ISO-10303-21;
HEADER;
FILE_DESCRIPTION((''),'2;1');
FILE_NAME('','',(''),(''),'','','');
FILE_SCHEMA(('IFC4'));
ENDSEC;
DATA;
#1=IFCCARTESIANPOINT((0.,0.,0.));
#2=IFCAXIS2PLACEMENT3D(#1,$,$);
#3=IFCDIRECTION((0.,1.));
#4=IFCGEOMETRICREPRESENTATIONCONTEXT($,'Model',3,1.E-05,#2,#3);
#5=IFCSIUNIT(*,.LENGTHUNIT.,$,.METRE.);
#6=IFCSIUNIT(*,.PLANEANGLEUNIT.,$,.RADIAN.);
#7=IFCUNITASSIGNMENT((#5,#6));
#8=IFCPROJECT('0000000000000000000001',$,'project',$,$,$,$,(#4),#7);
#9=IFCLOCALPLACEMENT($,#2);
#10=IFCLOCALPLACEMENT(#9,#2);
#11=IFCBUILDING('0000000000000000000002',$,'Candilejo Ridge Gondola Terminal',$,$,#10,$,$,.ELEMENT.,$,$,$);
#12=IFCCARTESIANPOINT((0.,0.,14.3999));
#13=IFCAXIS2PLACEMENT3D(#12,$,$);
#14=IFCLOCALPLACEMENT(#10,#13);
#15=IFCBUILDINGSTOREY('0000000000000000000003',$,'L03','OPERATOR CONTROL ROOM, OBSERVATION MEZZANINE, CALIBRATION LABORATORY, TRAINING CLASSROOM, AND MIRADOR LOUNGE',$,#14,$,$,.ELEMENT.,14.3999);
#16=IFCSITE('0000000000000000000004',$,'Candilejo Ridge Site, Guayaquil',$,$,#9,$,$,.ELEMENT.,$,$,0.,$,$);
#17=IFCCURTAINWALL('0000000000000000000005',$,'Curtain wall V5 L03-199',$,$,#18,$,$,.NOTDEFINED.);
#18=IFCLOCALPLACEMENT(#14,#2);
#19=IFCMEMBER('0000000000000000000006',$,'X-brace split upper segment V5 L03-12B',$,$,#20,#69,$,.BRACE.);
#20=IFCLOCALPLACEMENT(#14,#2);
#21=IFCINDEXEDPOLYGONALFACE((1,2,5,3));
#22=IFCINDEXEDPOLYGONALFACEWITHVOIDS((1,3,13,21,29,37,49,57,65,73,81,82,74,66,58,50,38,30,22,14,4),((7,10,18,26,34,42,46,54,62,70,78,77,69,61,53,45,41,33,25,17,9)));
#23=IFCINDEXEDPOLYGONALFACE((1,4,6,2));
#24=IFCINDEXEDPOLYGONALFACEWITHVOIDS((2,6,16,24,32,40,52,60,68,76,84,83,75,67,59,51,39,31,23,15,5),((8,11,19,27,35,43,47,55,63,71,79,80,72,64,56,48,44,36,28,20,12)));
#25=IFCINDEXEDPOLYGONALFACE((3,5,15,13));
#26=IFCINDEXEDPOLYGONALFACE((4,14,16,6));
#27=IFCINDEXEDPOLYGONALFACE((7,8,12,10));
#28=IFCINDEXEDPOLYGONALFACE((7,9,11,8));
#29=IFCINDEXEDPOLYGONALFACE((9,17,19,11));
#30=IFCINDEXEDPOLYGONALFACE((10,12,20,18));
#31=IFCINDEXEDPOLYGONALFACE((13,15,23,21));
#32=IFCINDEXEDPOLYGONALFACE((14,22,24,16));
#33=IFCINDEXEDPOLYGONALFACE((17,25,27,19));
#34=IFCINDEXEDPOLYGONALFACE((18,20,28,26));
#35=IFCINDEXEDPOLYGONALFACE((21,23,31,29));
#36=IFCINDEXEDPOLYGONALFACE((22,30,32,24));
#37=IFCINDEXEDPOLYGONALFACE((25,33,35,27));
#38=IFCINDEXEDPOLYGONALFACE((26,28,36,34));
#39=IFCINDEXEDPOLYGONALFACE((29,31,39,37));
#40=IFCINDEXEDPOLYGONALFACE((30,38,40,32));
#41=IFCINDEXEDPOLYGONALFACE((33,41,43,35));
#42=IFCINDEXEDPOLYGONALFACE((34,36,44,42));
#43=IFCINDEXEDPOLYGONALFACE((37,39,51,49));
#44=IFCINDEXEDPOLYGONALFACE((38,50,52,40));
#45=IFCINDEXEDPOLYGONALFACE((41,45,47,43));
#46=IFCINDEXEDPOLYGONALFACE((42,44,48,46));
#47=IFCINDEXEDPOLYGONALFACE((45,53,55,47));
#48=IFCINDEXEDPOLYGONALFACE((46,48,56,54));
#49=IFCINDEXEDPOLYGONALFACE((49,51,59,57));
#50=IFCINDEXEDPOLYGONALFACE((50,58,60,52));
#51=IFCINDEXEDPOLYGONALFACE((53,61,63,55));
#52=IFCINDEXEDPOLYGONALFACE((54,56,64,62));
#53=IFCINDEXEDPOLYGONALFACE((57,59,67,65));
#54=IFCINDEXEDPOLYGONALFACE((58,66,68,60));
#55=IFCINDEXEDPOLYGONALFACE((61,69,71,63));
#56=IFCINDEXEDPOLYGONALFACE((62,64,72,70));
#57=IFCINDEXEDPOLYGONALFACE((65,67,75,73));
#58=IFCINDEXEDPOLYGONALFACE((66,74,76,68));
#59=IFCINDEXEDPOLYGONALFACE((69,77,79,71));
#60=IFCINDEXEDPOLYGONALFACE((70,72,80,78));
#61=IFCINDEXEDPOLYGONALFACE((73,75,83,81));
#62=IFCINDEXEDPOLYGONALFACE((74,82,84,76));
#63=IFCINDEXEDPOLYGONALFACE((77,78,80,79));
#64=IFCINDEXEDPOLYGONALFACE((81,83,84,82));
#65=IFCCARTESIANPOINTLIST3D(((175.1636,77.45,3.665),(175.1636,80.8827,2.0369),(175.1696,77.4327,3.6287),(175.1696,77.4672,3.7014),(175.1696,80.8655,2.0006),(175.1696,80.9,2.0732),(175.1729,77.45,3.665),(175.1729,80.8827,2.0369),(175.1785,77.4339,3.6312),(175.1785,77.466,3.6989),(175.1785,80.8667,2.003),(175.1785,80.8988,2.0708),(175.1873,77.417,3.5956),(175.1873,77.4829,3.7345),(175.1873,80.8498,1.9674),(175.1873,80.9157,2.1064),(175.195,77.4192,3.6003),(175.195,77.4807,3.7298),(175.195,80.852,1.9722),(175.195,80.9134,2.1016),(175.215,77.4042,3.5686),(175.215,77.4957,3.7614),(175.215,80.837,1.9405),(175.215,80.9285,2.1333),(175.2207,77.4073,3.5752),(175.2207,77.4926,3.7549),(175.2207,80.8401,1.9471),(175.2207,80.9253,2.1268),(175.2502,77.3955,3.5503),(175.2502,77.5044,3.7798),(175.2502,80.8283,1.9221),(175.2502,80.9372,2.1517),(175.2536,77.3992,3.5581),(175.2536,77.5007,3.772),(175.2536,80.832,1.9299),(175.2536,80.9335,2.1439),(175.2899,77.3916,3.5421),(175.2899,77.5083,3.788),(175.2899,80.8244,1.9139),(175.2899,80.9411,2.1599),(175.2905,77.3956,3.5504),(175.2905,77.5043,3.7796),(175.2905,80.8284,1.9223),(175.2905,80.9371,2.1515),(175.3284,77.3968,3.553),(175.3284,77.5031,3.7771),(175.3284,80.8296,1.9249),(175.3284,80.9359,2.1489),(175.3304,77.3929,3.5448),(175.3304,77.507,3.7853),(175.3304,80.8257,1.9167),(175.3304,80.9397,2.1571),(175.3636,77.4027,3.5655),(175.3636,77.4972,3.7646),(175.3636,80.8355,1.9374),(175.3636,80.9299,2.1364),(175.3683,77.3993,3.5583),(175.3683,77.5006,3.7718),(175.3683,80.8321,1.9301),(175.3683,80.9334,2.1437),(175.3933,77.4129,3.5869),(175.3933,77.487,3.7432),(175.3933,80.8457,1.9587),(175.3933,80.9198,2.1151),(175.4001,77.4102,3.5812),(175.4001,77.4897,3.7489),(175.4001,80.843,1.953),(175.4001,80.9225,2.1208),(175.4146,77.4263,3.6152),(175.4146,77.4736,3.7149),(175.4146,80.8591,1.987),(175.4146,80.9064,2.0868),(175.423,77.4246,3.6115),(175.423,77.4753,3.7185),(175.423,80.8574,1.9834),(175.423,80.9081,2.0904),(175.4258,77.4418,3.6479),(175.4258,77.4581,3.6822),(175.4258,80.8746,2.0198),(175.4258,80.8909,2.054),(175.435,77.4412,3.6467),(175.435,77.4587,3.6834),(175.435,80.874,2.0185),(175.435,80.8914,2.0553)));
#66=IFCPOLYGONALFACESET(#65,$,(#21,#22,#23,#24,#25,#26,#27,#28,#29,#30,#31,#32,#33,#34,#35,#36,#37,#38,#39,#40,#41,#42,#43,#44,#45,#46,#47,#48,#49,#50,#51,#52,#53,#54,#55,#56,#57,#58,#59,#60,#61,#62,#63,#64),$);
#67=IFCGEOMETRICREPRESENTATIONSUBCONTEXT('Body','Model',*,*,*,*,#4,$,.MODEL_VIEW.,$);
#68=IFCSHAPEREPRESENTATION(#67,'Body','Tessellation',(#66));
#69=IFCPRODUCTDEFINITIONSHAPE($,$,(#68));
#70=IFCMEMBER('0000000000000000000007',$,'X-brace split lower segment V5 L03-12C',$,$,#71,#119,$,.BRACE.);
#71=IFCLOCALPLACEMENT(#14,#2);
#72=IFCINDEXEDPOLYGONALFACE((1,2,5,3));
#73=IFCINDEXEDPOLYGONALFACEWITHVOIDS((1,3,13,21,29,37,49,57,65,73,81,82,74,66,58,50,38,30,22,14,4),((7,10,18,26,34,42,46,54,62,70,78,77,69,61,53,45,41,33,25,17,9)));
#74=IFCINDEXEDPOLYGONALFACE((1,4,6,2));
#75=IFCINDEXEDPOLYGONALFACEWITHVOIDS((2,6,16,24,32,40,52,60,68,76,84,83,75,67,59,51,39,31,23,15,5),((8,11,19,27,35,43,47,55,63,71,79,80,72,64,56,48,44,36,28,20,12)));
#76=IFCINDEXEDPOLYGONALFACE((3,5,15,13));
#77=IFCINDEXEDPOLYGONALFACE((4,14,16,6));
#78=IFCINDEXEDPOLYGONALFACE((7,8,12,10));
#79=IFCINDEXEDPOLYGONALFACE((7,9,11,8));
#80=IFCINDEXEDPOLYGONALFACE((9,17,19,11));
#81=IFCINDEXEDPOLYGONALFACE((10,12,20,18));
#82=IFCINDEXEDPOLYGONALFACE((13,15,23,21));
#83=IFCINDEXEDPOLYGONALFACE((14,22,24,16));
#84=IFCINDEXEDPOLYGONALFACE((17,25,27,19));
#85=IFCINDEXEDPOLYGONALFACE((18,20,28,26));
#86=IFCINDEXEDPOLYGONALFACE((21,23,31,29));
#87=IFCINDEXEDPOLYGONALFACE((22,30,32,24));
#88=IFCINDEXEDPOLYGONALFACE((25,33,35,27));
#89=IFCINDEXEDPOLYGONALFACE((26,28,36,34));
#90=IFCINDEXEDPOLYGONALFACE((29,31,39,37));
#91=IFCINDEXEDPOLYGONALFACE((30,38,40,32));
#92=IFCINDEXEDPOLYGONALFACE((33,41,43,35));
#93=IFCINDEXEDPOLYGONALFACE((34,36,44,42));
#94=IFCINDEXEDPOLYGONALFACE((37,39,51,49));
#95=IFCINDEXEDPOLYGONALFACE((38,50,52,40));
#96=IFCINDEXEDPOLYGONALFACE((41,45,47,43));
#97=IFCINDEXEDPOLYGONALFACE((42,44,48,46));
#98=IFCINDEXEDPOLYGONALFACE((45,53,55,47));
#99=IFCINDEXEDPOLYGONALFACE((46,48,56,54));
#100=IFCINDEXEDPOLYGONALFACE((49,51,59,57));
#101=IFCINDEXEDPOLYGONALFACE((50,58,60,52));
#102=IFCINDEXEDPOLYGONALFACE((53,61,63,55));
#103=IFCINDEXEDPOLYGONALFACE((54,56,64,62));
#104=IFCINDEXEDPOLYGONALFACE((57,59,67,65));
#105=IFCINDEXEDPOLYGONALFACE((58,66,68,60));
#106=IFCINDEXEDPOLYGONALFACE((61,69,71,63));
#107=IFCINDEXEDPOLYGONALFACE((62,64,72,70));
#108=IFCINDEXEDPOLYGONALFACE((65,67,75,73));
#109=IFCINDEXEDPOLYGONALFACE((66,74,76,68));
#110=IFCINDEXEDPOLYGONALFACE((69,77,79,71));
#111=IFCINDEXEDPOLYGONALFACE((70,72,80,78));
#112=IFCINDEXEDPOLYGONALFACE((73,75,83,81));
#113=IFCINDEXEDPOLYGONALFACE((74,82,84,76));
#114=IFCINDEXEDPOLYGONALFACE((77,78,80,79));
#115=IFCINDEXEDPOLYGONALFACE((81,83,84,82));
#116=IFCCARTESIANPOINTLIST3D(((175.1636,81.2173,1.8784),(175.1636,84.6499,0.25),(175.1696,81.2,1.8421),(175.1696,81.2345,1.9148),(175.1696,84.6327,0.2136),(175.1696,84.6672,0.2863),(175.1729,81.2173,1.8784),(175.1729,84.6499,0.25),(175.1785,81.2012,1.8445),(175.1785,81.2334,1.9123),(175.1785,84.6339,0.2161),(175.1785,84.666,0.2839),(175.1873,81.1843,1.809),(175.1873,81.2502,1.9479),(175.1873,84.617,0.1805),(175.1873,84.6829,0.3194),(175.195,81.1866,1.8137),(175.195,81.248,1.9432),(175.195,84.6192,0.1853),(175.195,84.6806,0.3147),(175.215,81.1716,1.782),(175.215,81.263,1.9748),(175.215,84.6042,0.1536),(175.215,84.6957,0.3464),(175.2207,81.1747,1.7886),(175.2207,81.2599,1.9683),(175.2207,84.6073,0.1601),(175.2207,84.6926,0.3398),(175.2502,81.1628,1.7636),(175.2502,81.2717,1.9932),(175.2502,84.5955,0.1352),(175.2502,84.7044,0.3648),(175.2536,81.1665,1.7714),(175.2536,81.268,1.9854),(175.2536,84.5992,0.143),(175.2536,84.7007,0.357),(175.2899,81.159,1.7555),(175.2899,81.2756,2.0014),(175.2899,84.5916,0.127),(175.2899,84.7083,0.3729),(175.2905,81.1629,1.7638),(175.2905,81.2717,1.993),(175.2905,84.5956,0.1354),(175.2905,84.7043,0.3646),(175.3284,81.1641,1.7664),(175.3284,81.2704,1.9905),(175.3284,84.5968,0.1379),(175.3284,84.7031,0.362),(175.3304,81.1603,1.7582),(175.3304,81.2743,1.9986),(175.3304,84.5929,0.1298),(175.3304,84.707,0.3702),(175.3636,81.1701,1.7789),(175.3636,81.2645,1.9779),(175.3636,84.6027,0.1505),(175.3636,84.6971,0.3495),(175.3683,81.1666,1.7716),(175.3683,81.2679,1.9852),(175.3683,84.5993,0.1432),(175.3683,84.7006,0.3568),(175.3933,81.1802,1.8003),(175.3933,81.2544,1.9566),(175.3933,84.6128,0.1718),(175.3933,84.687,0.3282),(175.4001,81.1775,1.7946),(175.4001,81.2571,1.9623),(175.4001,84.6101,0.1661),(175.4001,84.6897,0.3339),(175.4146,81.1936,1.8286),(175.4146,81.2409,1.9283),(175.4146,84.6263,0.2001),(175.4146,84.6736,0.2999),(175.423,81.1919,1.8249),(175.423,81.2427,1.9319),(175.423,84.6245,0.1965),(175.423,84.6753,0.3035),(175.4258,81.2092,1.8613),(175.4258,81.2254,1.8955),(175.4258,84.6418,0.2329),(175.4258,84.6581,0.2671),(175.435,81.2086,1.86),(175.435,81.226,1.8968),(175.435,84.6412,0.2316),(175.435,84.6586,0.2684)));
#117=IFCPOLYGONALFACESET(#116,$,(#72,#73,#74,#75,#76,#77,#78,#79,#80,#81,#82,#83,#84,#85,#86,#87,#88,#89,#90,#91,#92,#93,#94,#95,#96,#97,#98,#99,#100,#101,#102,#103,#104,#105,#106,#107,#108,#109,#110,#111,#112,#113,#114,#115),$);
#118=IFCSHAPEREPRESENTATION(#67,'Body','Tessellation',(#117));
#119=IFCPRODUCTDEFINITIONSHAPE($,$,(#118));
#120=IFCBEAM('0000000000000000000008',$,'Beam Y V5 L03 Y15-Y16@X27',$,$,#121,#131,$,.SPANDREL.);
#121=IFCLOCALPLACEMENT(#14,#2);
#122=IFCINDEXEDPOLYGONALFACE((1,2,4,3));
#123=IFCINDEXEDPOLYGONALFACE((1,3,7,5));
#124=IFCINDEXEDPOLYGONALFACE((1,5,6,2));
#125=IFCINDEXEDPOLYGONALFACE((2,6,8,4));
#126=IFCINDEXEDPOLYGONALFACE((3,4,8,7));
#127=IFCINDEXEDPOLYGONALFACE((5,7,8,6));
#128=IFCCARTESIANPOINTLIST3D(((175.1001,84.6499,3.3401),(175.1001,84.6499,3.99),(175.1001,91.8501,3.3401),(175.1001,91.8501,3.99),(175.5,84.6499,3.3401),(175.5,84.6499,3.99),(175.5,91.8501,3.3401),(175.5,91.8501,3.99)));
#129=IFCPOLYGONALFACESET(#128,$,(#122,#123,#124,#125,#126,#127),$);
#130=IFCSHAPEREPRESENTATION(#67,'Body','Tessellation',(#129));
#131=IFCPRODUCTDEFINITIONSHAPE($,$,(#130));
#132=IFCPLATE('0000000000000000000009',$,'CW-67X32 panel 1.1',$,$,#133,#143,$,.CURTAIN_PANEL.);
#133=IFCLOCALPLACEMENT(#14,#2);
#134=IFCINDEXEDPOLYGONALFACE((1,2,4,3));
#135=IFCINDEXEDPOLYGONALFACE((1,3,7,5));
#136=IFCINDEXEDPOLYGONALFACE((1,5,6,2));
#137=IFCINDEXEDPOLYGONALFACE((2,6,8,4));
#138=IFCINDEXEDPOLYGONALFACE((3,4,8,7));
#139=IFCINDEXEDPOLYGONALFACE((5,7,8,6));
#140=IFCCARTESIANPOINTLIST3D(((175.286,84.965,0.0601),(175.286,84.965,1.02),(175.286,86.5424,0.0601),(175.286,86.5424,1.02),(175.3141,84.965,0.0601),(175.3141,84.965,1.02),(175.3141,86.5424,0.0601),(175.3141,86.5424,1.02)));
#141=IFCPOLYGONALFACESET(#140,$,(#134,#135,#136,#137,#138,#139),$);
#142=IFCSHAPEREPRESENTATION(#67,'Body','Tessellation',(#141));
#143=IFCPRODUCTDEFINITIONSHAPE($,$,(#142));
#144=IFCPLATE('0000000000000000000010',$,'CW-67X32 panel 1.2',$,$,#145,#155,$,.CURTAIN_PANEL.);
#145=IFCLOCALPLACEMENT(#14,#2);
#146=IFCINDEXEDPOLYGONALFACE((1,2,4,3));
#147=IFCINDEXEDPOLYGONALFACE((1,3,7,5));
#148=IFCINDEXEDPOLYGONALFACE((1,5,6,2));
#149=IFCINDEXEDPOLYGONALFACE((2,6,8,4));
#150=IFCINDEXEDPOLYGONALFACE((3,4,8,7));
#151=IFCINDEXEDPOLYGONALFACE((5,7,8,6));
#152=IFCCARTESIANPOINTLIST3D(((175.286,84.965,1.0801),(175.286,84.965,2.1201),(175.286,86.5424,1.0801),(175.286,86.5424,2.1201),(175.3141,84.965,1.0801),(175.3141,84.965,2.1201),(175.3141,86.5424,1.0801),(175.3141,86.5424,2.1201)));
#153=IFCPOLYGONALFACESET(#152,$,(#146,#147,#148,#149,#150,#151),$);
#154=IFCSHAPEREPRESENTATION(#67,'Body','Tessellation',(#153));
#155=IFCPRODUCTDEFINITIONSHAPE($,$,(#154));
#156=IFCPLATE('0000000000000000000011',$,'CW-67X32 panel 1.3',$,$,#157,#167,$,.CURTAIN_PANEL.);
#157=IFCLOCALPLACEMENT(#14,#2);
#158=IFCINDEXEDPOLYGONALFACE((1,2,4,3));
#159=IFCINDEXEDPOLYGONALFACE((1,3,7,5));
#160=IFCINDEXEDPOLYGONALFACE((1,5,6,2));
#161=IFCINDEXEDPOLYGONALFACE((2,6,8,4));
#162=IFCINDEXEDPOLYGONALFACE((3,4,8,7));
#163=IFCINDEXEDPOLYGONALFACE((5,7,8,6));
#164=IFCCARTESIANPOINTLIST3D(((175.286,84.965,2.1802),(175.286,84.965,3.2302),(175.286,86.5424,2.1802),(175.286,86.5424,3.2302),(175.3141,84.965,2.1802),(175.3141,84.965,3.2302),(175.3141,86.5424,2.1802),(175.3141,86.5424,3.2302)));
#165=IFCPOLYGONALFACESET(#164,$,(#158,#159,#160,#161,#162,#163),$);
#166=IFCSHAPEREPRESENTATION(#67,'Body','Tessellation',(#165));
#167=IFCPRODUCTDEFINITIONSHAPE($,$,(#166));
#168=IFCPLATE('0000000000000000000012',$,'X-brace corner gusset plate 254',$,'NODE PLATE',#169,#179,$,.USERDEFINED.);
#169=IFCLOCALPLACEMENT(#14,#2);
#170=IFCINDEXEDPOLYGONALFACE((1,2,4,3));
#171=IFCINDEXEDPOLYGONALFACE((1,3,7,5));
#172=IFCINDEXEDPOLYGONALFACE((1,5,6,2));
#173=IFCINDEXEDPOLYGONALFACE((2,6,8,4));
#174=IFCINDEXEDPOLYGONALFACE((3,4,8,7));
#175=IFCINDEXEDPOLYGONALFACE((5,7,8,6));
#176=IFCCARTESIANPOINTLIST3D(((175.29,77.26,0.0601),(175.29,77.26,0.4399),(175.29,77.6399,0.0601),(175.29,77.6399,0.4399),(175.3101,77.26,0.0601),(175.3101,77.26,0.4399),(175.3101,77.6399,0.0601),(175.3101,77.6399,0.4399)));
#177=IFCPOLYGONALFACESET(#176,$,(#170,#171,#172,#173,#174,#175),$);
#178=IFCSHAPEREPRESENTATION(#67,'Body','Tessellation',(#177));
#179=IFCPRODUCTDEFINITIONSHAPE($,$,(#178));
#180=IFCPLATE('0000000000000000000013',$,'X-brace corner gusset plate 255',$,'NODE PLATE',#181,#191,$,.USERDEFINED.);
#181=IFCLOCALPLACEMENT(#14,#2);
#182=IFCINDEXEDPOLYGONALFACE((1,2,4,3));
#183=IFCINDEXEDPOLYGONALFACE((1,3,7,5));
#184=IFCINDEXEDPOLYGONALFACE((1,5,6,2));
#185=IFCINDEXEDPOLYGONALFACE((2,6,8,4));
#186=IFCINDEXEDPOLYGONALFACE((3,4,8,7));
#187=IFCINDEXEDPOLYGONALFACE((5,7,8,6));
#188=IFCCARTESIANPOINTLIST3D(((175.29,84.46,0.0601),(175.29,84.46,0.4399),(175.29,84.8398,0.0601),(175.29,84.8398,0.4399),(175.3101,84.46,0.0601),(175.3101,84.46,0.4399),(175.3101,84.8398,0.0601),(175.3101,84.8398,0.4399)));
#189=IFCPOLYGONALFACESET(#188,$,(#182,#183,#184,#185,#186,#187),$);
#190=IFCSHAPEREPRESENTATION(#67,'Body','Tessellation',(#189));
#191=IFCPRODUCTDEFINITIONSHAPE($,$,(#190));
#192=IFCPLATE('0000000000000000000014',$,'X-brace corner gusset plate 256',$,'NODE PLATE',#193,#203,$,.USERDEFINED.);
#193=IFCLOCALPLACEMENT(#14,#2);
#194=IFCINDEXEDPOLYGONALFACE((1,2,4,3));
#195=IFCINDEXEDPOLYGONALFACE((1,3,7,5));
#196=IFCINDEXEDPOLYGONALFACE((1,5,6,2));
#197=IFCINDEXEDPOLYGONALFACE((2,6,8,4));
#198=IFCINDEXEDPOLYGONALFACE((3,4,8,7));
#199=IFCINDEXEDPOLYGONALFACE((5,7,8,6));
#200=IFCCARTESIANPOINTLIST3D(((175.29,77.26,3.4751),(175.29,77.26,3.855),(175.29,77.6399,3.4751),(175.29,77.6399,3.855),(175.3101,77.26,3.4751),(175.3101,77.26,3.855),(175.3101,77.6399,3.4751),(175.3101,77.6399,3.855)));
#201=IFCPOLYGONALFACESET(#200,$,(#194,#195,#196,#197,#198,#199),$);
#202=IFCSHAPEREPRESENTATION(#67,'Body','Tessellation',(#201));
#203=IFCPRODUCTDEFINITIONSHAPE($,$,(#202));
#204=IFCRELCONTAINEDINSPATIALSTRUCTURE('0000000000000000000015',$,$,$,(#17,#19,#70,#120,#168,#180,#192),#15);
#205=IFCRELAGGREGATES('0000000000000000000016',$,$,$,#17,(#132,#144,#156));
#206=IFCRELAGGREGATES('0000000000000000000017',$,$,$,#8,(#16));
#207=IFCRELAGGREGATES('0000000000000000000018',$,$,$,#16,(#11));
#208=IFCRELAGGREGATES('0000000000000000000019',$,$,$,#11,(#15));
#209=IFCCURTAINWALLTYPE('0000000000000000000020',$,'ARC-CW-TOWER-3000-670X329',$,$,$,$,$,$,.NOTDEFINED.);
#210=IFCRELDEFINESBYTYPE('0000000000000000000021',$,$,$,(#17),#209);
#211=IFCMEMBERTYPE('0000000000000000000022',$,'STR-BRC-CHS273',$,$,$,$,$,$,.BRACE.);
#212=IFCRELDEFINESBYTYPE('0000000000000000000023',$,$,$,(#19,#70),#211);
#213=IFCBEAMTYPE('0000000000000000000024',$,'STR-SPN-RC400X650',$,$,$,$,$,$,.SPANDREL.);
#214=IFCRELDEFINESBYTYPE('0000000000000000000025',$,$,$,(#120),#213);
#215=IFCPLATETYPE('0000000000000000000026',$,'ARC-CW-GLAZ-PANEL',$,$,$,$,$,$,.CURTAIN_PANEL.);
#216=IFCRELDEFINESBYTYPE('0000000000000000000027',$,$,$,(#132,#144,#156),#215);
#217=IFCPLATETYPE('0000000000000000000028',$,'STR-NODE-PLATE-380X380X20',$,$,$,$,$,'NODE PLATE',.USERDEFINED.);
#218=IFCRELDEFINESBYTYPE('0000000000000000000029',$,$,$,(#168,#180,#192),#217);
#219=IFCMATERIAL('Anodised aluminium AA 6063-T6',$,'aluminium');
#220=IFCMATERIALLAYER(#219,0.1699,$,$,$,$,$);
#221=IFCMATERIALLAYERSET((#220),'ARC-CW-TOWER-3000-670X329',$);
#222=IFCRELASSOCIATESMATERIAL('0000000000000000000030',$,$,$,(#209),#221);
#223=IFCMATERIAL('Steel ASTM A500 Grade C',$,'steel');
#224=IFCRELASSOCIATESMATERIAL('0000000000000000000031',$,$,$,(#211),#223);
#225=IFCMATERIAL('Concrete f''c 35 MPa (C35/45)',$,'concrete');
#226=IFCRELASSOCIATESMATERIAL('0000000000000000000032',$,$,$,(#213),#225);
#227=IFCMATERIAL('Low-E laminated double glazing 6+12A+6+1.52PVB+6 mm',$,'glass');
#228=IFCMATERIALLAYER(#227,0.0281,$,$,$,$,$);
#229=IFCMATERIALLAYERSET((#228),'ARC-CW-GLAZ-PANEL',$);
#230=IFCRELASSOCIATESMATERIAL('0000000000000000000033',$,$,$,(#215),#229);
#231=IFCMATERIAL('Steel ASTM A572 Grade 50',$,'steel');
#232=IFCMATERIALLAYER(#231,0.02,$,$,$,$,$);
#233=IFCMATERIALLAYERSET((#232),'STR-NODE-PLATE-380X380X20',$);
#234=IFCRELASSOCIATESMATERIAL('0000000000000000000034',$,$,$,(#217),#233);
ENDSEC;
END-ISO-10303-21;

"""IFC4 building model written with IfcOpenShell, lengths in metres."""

from ifc_helpers import new_model, si_unit, direction, frame, origin, origin_2d, place, context, subcontext, project, spatial, rectangle, hollow_circle, extrude, material, layer, layer_set, material_profile, profile_set, type_object, element, aggregate, save


model = new_model("IFC4")

# Units and contexts
model_context = context("Model", 3, precision=1e-05, world=origin(), true_north=direction((0.0, 1.0)))
body_context = subcontext(model_context, "Body", "Model", "MODEL_VIEW")
ifc_project = project(units=[si_unit("LENGTHUNIT", "METRE"), si_unit("PLANEANGLEUNIT", "RADIAN")], contexts=[model_context])

# Site, building, storey
site_placement = place(None, origin())
site = spatial("IfcSite", under=ifc_project, at=site_placement, Name="Candilejo Ridge Site, Guayaquil", CompositionType="ELEMENT", RefElevation=0.0)
building_placement = place(site_placement, origin())
building = spatial("IfcBuilding", under=site, at=building_placement, Name="Candilejo Ridge Gondola Terminal", CompositionType="ELEMENT")
storey_placement = place(building_placement, frame((0.0, 0.0, 14.3999)))
storey = spatial("IfcBuildingStorey", under=building, at=storey_placement, Name="L03", Description="OPERATOR CONTROL ROOM, OBSERVATION MEZZANINE, CALIBRATION LABORATORY, TRAINING CLASSROOM, AND MIRADOR LOUNGE", CompositionType="ELEMENT", Elevation=14.3999)

# Curtain wall
ifc_material_1 = material(Name="Anodised aluminium AA 6063-T6", Category="aluminium")
ifc_layer_1 = layer(ifc_material_1, 0.1699)
ifc_layer_set_1 = layer_set([ifc_layer_1], Name="ARC-CW-TOWER-3000-670X329")
curtain_wall_type = type_object("IfcCurtainWallType", Name="ARC-CW-TOWER-3000-670X329", PredefinedType="NOTDEFINED", material=ifc_layer_set_1)
curtain_wall_placement = place(storey_placement, origin())
curtain_wall = element("IfcCurtainWall", 1, at=curtain_wall_placement, inside=storey, type_object=curtain_wall_type, Name="Curtain wall V5 L03-199", PredefinedType="NOTDEFINED")

# Members
ifc_material_2 = material(Name="Steel ASTM A500 Grade C", Category="steel")
ifc_material_profile_1 = material_profile(ifc_material_2, hollow_circle(Radius=0.1365, WallThickness=0.0093, at=origin_2d()))
ifc_profile_set_1 = profile_set([ifc_material_profile_1], Name="Steel ASTM A500 Grade C")
member_type_1 = type_object("IfcMemberType", Name="STR-BRC-CHS273", PredefinedType="BRACE", material=ifc_profile_set_1)
for number, where, z_axis, x_axis, name in (
    (2, (175.3, 77.45, 3.665), (0.0, 0.903526, -0.428534), (-1.0, 0.0, 0.0), "X-brace split upper segment V5 L03-12B"),
    (3, (175.3, 81.2173, 1.8784), (0.0, 0.903489, -0.428611), (-1.0, 0.0, 0.0), "X-brace split lower segment V5 L03-12C"),
):
    element("IfcMember", number, at=place(storey_placement, frame(where, z_axis=z_axis, x_axis=x_axis)), inside=storey, type_object=member_type_1, Name=name, PredefinedType="BRACE", context=body_context, shape_type="SweptSolid", body=[
        extrude(hollow_circle(Radius=0.1365, WallThickness=0.0093, at=origin_2d()), origin(), (0.0, 0.0, 1.0), 3.7993),
    ])

# Beam
ifc_material_3 = material(Name="Concrete f'c 35 MPa (C35/45)", Category="concrete")
ifc_material_profile_2 = material_profile(ifc_material_3, rectangle(XDim=0.3999, YDim=0.6499, at=origin_2d()))
ifc_profile_set_2 = profile_set([ifc_material_profile_2], Name="Concrete f'c 35 MPa (C35/45)")
beam_type_1 = type_object("IfcBeamType", Name="STR-SPN-RC400X650", PredefinedType="SPANDREL", material=ifc_profile_set_2)
beam_1_placement = place(storey_placement, frame((175.3, 84.6499, 3.665), z_axis=(0.0, 1.0, 0.0), x_axis=(-1.0, 0.0, 0.0)))
element("IfcBeam", 4, at=beam_1_placement, inside=storey, type_object=beam_type_1, Name="Beam Y V5 L03 Y15-Y16@X27", PredefinedType="SPANDREL", context=body_context, shape_type="SweptSolid", body=[
    extrude(rectangle(XDim=0.3999, YDim=0.6499, at=origin_2d()), origin(), (0.0, 0.0, 1.0), 7.2002),
])

# Plates
ifc_material_4 = material(Name="Low-E laminated double glazing 6+12A+6+1.52PVB+6 mm", Category="glass")
ifc_layer_2 = layer(ifc_material_4, 0.0281)
ifc_layer_set_2 = layer_set([ifc_layer_2], Name="ARC-CW-GLAZ-PANEL")
plate_type_1 = type_object("IfcPlateType", Name="ARC-CW-GLAZ-PANEL", PredefinedType="CURTAIN_PANEL", material=ifc_layer_set_2)
plate_1_placement = place(storey_placement, frame((175.3, 85.7537, 0.0601), z_axis=(0.0, 0.0, 1.0), x_axis=(0.0, 1.0, 0.0)))
plate_1 = element("IfcPlate", 5, at=plate_1_placement, type_object=plate_type_1, Name="CW-67X32 panel 1.1", PredefinedType="CURTAIN_PANEL", context=body_context, shape_type="SweptSolid", body=[
    extrude(rectangle(XDim=1.5774, YDim=0.0281, at=origin_2d()), origin(), (0.0, 0.0, 1.0), 0.96),
])
plate_2_placement = place(storey_placement, frame((175.3, 85.7537, 1.0801), z_axis=(0.0, 0.0, 1.0), x_axis=(0.0, 1.0, 0.0)))
plate_2 = element("IfcPlate", 6, at=plate_2_placement, type_object=plate_type_1, Name="CW-67X32 panel 1.2", PredefinedType="CURTAIN_PANEL", context=body_context, shape_type="SweptSolid", body=[
    extrude(rectangle(XDim=1.5774, YDim=0.0281, at=origin_2d()), origin(), (0.0, 0.0, 1.0), 1.04),
])
plate_3_placement = place(storey_placement, frame((175.3, 85.7537, 2.1802), z_axis=(0.0, 0.0, 1.0), x_axis=(0.0, 1.0, 0.0)))
plate_3 = element("IfcPlate", 7, at=plate_3_placement, type_object=plate_type_1, Name="CW-67X32 panel 1.3", PredefinedType="CURTAIN_PANEL", context=body_context, shape_type="SweptSolid", body=[
    extrude(rectangle(XDim=1.5774, YDim=0.0281, at=origin_2d()), origin(), (0.0, 0.0, 1.0), 1.05),
])
aggregate(curtain_wall, [plate_1, plate_2, plate_3])

# Plates
ifc_material_5 = material(Name="Steel ASTM A572 Grade 50", Category="steel")
ifc_layer_3 = layer(ifc_material_5, 0.02)
ifc_layer_set_3 = layer_set([ifc_layer_3], Name="STR-NODE-PLATE-380X380X20")
plate_type_2 = type_object("IfcPlateType", Name="STR-NODE-PLATE-380X380X20", ElementType="NODE PLATE", PredefinedType="USERDEFINED", material=ifc_layer_set_3)
for number, where, z_axis, x_axis, name in (
    (8, (175.3, 77.45, 0.0601), (0.0, 0.0, 1.0), (1.0, 0.0, 0.0), "X-brace corner gusset plate 254"),
    (9, (175.3, 84.6499, 0.0601), (0.0, 0.0, 1.0), (1.0, 0.0, 0.0), "X-brace corner gusset plate 255"),
    (10, (175.3, 77.45, 3.4751), (0.0, 0.0, 1.0), (1.0, 0.0, 0.0), "X-brace corner gusset plate 256"),
):
    element("IfcPlate", number, at=place(storey_placement, frame(where, z_axis=z_axis, x_axis=x_axis)), inside=storey, type_object=plate_type_2, Name=name, ObjectType="NODE PLATE", PredefinedType="USERDEFINED", context=body_context, shape_type="SweptSolid", body=[
        extrude(rectangle(XDim=0.02, YDim=0.3799, at=origin_2d()), origin(), (0.0, 0.0, 1.0), 0.3799),
    ])

save(model, "model.ifc")
